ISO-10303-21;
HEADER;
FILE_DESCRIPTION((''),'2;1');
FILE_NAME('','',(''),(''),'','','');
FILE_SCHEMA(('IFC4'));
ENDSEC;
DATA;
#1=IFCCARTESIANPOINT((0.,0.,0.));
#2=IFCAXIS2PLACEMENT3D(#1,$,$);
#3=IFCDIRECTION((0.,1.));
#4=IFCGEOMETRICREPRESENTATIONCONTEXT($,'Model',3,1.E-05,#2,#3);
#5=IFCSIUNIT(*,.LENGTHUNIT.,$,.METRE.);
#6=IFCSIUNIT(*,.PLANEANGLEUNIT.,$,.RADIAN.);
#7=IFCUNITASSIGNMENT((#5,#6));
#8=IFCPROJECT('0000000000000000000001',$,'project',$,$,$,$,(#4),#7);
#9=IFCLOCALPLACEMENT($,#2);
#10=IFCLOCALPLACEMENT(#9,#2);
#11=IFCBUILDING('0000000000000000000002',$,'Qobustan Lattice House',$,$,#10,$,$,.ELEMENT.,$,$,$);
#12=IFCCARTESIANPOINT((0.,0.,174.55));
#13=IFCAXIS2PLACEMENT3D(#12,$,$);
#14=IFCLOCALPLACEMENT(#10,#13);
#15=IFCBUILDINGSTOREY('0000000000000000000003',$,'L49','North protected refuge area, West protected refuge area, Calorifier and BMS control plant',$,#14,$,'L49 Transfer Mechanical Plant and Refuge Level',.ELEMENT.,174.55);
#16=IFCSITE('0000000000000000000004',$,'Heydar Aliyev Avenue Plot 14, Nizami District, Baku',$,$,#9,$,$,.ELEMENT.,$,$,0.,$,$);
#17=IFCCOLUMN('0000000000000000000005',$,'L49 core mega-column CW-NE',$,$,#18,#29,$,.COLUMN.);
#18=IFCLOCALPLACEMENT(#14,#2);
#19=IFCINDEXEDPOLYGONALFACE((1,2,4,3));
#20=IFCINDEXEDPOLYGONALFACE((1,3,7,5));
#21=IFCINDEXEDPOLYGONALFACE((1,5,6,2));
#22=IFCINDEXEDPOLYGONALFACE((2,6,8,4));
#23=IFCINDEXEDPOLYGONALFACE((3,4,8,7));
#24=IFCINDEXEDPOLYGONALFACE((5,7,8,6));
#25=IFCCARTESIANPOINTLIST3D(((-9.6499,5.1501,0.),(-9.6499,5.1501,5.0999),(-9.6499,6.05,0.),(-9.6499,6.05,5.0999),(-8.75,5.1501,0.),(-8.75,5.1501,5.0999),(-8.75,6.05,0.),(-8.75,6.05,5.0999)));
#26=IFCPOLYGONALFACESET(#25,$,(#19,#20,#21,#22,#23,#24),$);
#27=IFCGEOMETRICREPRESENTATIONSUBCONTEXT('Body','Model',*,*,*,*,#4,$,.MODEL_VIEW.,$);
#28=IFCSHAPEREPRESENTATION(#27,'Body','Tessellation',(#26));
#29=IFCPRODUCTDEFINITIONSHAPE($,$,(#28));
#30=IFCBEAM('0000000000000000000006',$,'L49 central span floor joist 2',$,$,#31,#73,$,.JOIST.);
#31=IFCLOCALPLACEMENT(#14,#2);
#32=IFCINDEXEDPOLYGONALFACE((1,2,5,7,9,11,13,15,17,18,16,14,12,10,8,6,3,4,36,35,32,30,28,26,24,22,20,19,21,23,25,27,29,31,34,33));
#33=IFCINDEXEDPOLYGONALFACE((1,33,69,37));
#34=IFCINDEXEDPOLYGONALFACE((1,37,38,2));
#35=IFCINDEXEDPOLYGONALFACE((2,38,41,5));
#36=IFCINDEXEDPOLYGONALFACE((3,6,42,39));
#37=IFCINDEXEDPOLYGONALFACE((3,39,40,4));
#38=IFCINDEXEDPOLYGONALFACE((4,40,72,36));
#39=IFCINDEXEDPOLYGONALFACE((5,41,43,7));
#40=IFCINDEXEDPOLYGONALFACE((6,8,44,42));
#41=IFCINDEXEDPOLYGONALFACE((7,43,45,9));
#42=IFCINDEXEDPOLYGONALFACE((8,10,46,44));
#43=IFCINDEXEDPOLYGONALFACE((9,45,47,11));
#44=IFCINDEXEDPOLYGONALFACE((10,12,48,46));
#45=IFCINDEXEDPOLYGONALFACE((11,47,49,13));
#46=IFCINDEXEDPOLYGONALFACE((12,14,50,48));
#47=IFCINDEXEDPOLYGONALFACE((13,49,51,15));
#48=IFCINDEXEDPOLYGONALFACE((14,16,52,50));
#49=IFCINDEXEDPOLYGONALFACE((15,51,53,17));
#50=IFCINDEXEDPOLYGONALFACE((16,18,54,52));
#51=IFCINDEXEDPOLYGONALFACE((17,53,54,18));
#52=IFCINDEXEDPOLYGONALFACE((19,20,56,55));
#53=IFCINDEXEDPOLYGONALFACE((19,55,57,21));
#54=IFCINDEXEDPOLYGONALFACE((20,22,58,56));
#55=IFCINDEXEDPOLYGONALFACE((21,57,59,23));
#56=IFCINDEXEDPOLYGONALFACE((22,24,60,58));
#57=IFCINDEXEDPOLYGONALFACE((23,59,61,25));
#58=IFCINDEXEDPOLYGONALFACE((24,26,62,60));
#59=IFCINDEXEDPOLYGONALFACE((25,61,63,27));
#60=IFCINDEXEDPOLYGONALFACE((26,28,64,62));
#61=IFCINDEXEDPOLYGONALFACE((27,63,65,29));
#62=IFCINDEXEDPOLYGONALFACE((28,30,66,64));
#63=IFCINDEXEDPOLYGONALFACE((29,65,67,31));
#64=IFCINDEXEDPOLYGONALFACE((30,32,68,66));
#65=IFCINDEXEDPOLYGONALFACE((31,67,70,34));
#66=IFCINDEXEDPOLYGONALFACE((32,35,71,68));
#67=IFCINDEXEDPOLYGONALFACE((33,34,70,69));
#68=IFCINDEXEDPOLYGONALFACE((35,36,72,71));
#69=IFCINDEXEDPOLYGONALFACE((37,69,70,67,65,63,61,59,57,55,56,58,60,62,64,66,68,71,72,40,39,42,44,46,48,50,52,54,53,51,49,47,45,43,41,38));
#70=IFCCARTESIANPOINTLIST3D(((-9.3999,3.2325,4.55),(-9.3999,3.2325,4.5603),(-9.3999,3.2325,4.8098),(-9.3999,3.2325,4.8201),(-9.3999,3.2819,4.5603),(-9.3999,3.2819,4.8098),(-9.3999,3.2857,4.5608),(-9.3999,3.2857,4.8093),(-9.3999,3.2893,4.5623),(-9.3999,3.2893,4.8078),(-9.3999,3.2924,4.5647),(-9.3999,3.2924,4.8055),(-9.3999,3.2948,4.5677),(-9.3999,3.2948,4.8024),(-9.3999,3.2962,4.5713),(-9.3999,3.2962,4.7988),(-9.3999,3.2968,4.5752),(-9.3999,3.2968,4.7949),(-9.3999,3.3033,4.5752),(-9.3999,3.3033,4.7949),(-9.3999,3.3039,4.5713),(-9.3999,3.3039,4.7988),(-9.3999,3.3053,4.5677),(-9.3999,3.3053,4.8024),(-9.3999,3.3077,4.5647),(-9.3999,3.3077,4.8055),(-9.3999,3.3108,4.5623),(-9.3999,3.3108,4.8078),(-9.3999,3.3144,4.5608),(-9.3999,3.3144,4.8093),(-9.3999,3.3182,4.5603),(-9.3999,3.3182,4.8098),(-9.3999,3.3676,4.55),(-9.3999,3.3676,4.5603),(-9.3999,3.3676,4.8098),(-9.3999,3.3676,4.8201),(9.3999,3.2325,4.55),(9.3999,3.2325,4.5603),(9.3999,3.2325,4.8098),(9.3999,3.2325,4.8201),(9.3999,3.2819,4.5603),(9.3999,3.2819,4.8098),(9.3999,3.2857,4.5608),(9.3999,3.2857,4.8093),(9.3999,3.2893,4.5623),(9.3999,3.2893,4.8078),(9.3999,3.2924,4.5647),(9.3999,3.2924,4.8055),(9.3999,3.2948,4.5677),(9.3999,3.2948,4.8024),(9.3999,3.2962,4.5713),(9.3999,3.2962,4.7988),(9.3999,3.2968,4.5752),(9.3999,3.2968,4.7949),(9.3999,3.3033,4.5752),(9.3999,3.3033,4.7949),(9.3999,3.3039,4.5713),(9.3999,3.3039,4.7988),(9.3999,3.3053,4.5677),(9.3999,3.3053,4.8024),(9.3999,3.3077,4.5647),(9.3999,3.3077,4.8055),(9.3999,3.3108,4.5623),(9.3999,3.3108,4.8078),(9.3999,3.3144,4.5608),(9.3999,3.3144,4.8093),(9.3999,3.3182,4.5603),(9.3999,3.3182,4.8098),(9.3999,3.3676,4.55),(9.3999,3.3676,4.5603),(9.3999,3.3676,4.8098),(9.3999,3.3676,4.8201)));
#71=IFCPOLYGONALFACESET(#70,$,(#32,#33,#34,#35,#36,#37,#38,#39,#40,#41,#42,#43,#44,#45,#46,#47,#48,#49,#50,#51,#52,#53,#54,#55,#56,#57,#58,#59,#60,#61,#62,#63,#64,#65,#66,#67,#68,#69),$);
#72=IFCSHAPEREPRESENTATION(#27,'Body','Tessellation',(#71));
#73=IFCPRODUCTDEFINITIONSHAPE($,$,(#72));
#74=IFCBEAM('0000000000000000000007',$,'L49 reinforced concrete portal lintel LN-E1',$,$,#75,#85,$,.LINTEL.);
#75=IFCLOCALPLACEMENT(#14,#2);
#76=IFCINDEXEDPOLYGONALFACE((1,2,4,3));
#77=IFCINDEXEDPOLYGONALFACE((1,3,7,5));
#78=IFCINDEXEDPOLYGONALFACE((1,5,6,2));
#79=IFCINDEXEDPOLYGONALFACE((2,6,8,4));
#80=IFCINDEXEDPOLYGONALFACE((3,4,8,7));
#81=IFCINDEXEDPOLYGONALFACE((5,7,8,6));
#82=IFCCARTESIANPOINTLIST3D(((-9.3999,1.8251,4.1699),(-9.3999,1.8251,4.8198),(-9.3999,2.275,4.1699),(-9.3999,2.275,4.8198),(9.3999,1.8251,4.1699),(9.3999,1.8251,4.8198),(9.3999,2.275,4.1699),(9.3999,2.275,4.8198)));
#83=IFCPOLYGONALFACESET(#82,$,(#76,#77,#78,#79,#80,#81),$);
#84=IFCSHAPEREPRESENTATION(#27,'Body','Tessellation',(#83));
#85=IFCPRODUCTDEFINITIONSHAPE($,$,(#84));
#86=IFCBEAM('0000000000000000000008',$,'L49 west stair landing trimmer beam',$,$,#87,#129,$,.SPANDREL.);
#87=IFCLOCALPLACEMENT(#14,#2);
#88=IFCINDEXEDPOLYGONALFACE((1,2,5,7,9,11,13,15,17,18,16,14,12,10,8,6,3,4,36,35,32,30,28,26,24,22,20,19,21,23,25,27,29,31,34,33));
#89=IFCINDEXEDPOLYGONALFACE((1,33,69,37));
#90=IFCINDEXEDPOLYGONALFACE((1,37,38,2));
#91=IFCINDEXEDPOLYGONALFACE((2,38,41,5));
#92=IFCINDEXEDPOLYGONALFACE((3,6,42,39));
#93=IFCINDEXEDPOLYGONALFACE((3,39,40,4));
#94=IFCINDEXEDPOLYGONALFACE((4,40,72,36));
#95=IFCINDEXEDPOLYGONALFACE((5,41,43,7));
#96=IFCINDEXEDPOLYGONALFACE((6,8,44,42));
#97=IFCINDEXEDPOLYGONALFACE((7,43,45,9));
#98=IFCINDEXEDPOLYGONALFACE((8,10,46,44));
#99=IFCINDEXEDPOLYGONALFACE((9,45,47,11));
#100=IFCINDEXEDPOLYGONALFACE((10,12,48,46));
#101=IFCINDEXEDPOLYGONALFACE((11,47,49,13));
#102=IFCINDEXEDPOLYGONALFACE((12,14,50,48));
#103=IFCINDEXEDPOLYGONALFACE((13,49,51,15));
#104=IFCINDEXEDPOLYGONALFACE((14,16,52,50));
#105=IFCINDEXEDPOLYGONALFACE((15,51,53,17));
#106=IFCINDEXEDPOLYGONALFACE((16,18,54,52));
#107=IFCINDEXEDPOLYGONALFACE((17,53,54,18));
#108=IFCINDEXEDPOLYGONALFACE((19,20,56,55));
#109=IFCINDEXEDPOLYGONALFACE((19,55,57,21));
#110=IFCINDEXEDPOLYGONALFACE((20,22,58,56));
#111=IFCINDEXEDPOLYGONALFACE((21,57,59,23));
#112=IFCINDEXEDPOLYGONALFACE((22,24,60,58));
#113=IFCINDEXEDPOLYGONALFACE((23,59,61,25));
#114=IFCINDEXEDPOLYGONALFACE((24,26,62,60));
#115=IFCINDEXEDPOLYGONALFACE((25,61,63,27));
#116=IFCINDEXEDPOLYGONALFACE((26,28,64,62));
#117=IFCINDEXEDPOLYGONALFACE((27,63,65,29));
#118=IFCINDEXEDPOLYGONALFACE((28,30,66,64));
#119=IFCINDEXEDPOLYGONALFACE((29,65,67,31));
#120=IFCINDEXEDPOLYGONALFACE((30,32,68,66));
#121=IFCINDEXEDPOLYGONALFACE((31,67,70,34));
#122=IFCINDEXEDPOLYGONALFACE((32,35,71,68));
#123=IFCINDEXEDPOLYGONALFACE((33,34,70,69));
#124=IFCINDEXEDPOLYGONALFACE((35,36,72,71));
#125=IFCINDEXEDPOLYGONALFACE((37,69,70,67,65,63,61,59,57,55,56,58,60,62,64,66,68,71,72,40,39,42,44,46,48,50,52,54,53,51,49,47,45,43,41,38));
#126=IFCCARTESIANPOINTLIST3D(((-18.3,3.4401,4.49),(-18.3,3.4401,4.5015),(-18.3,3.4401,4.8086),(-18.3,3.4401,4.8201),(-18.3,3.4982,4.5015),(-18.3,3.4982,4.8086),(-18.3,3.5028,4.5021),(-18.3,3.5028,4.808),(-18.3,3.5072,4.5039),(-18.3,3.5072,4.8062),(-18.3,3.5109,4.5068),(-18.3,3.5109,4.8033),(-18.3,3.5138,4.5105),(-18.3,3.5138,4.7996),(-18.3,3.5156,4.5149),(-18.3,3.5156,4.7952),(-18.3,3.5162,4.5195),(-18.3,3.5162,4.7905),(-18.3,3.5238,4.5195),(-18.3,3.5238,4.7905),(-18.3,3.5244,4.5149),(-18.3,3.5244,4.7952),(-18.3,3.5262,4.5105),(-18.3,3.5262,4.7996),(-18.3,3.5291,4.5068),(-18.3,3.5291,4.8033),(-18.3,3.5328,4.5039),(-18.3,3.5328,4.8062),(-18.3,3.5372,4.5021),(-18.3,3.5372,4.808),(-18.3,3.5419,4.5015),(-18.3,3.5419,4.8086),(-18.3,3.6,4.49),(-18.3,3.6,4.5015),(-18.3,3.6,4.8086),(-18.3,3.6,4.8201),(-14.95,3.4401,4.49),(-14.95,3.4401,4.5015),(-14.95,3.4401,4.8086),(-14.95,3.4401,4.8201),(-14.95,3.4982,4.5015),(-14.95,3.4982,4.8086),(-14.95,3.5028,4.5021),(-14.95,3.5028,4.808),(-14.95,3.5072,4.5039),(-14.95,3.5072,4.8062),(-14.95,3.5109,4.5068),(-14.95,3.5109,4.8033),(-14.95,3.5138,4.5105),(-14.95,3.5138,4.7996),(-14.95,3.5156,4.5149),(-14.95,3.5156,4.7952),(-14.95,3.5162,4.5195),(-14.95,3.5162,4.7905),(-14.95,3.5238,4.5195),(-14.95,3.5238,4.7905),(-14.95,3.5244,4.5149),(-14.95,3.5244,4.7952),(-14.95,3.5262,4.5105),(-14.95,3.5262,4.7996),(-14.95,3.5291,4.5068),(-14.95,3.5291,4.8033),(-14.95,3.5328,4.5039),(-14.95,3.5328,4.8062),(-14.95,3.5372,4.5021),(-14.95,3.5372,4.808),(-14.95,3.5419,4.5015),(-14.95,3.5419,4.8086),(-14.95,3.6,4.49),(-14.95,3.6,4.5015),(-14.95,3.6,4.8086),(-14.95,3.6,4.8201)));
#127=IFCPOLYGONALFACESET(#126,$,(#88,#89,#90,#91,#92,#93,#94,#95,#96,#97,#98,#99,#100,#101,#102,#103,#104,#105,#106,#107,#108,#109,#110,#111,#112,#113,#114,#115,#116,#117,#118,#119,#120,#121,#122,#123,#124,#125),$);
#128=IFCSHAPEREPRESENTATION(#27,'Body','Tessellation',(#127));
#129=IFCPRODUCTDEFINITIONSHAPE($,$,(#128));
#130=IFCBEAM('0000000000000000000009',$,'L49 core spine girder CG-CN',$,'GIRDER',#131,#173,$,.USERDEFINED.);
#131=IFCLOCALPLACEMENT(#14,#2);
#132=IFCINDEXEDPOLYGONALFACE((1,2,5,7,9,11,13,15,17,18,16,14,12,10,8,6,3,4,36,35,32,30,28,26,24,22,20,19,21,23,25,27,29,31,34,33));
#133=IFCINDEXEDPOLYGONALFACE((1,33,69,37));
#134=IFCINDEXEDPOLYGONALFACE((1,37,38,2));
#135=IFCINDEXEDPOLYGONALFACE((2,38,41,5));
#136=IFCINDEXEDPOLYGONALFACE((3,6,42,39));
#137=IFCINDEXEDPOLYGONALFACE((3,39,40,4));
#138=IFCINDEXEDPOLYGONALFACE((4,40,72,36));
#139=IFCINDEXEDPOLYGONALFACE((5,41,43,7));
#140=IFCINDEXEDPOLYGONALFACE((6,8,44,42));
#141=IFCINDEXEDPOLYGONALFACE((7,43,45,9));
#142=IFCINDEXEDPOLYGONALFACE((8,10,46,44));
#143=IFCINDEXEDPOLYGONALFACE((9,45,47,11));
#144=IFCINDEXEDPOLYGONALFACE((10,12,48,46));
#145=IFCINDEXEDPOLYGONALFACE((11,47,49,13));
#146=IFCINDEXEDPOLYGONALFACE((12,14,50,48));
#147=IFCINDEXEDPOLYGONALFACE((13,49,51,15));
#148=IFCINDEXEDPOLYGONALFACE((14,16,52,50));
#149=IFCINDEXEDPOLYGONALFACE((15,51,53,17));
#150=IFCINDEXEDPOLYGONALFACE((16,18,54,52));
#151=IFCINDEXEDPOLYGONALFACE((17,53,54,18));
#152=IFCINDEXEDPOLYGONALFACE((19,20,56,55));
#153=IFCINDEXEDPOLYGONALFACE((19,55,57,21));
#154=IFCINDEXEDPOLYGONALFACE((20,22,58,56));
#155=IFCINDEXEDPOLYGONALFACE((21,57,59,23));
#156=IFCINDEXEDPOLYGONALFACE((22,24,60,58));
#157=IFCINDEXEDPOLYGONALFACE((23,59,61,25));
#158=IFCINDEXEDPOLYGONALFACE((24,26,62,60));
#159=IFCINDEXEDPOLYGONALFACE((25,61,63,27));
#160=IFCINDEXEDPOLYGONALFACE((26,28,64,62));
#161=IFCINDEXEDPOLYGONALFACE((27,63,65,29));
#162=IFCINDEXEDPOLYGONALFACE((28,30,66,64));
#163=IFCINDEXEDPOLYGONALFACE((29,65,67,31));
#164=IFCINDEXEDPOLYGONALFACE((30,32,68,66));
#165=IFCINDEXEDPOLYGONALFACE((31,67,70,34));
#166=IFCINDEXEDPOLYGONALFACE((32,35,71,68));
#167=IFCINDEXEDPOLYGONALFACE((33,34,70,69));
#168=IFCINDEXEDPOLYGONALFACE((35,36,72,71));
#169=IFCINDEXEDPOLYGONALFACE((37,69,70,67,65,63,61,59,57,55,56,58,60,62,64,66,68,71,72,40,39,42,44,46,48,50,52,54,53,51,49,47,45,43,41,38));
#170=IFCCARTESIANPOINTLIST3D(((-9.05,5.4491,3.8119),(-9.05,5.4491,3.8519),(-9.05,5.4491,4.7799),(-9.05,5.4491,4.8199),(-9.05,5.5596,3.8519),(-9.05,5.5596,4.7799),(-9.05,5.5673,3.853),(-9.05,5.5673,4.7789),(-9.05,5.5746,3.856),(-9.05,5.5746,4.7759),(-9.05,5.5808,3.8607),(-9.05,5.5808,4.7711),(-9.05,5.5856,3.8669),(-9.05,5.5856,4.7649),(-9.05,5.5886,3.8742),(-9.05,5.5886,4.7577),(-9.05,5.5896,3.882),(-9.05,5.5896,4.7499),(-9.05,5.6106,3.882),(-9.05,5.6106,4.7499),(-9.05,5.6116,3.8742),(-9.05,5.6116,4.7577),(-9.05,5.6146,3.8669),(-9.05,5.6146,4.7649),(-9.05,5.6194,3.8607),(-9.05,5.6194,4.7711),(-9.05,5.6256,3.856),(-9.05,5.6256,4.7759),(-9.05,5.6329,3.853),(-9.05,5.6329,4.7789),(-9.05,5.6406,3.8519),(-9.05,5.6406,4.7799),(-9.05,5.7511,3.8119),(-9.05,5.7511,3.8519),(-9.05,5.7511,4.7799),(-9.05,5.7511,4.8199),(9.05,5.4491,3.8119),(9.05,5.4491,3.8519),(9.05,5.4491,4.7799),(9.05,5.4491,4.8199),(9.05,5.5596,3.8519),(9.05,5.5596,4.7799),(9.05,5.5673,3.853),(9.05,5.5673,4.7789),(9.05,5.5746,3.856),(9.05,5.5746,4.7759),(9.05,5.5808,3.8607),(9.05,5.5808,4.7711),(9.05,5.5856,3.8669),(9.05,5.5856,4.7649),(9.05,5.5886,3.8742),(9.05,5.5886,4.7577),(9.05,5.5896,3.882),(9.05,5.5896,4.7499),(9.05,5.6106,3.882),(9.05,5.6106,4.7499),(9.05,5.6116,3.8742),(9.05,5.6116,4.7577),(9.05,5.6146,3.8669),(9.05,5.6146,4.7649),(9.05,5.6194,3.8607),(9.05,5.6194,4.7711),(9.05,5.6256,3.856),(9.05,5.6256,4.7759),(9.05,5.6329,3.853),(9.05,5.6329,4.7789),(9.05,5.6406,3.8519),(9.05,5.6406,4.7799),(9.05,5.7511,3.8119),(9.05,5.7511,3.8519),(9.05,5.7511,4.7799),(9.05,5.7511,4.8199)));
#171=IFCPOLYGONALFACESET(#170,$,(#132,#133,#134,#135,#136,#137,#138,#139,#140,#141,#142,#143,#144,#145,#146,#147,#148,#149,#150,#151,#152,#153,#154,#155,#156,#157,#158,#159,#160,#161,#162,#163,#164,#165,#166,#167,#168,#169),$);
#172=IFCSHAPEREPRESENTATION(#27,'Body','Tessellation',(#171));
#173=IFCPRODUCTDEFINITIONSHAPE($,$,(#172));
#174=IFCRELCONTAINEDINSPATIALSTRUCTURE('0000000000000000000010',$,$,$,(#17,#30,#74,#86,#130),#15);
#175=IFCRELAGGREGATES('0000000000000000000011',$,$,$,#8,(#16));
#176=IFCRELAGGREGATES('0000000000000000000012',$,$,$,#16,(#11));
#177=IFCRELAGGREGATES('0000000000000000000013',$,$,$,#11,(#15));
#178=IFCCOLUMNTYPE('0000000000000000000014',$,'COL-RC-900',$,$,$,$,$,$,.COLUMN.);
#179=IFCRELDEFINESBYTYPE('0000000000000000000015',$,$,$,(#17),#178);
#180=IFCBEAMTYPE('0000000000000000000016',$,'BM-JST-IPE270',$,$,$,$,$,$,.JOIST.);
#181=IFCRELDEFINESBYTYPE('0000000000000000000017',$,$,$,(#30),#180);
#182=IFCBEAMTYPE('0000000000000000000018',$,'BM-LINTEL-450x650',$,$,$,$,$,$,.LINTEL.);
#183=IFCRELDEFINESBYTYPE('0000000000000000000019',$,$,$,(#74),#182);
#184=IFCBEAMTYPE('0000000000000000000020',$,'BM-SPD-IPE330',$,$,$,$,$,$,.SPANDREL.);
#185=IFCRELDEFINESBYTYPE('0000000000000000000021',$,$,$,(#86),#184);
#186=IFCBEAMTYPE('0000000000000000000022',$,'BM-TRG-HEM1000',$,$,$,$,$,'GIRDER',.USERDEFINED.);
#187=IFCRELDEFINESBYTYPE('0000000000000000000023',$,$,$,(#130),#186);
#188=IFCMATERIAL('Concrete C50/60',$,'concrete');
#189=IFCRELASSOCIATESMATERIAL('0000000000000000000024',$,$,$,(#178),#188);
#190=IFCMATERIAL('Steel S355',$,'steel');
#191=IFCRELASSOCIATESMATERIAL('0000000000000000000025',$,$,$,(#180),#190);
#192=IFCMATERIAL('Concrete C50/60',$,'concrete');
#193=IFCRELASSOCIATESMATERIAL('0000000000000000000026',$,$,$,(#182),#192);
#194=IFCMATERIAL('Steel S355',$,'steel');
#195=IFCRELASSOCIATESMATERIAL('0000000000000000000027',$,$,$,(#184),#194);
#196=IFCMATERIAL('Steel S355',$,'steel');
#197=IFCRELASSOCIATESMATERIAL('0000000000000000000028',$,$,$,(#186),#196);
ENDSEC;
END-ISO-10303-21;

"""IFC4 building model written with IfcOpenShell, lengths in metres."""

from ifc_helpers import new_model, si_unit, direction, frame, origin, origin_2d, place, context, subcontext, project, spatial, rectangle, i_section, extrude, material, material_profile, profile_set, type_object, element, save


model = new_model("IFC4")

# Units and contexts
model_context = context("Model", 3, precision=1e-05, world=origin(), true_north=direction((0.0, 1.0)))
body_context = subcontext(model_context, "Body", "Model", "MODEL_VIEW")
ifc_project = project(units=[si_unit("LENGTHUNIT", "METRE"), si_unit("PLANEANGLEUNIT", "RADIAN")], contexts=[model_context])

# Site, building, storey
site_placement = place(None, origin())
site = spatial("IfcSite", under=ifc_project, at=site_placement, Name="Heydar Aliyev Avenue Plot 14, Nizami District, Baku", CompositionType="ELEMENT", RefElevation=0.0)
building_placement = place(site_placement, origin())
building = spatial("IfcBuilding", under=site, at=building_placement, Name="Qobustan Lattice House", CompositionType="ELEMENT")
storey_placement = place(building_placement, frame((0.0, 0.0, 174.55)))
storey = spatial("IfcBuildingStorey", under=building, at=storey_placement, Name="L49", Description="North protected refuge area, West protected refuge area, Calorifier and BMS control plant", LongName="L49 Transfer Mechanical Plant and Refuge Level", CompositionType="ELEMENT", Elevation=174.55)

# Column
ifc_material_1 = material(Name="Concrete C50/60", Category="concrete")
ifc_material_profile_1 = material_profile(ifc_material_1, rectangle(XDim=0.8999, YDim=0.8999, at=origin_2d()), Name="RC900x900")
ifc_profile_set_1 = profile_set([ifc_material_profile_1], Name="Concrete C50/60")
column_type = type_object("IfcColumnType", Name="COL-RC-900", PredefinedType="COLUMN", material=ifc_profile_set_1)
column_placement = place(storey_placement, frame((-9.2, 5.6001, 0.0), z_axis=(0.0, 0.0, 1.0), x_axis=(1.0, 0.0, 0.0)))
element("IfcColumn", 1, at=column_placement, inside=storey, type_object=column_type, Name="L49 core mega-column CW-NE", PredefinedType="COLUMN", context=body_context, shape_type="SweptSolid", body=[
    extrude(rectangle(XDim=0.8999, YDim=0.8999, at=origin_2d()), origin(), (0.0, 0.0, 1.0), 5.0999),
])

# Beams
ifc_material_2 = material(Name="Steel S355", Category="steel")
ifc_material_profile_2 = material_profile(ifc_material_2, i_section(OverallWidth=0.135, OverallDepth=0.27, WebThickness=0.0066, FlangeThickness=0.0103, FilletRadius=0.0149, at=origin_2d()), Name="IPE270")
ifc_profile_set_2 = profile_set([ifc_material_profile_2], Name="Steel S355")
beam_type_1 = type_object("IfcBeamType", Name="BM-JST-IPE270", PredefinedType="JOIST", material=ifc_profile_set_2)
beam_1_placement = place(storey_placement, frame((-9.3999, 3.3, 4.6851), z_axis=(1.0, 0.0, 0.0), x_axis=(0.0, 1.0, 0.0)))
element("IfcBeam", 2, at=beam_1_placement, inside=storey, type_object=beam_type_1, Name="L49 central span floor joist 2", PredefinedType="JOIST", context=body_context, shape_type="SweptSolid", body=[
    extrude(i_section(OverallWidth=0.135, OverallDepth=0.27, WebThickness=0.0066, FlangeThickness=0.0103, FilletRadius=0.0149, at=origin_2d()), origin(), (0.0, 0.0, 1.0), 18.7998),
])
ifc_material_3 = material(Name="Concrete C50/60", Category="concrete")
ifc_material_profile_3 = material_profile(ifc_material_3, rectangle(XDim=0.45, YDim=0.6499, at=origin_2d()), Name="RC450x650")
ifc_profile_set_3 = profile_set([ifc_material_profile_3], Name="Concrete C50/60")
beam_type_2 = type_object("IfcBeamType", Name="BM-LINTEL-450x650", PredefinedType="LINTEL", material=ifc_profile_set_3)
beam_2_placement = place(storey_placement, frame((-9.3999, 2.05, 4.4949), z_axis=(1.0, 0.0, 0.0), x_axis=(0.0, 1.0, 0.0)))
element("IfcBeam", 3, at=beam_2_placement, inside=storey, type_object=beam_type_2, Name="L49 reinforced concrete portal lintel LN-E1", PredefinedType="LINTEL", context=body_context, shape_type="SweptSolid", body=[
    extrude(rectangle(XDim=0.45, YDim=0.6499, at=origin_2d()), origin(), (0.0, 0.0, 1.0), 18.7998),
])
ifc_material_4 = material(Name="Steel S355", Category="steel")
ifc_material_profile_4 = material_profile(ifc_material_4, i_section(OverallWidth=0.1599, OverallDepth=0.3301, WebThickness=0.0076, FlangeThickness=0.0115, FilletRadius=0.0181, at=origin_2d()), Name="IPE330")
ifc_profile_set_4 = profile_set([ifc_material_profile_4], Name="Steel S355")
beam_type_3 = type_object("IfcBeamType", Name="BM-SPD-IPE330", PredefinedType="SPANDREL", material=ifc_profile_set_4)
beam_3_placement = place(storey_placement, frame((-18.3, 3.52, 4.655), z_axis=(1.0, 0.0, 0.0), x_axis=(0.0, 1.0, 0.0)))
element("IfcBeam", 4, at=beam_3_placement, inside=storey, type_object=beam_type_3, Name="L49 west stair landing trimmer beam", PredefinedType="SPANDREL", context=body_context, shape_type="SweptSolid", body=[
    extrude(i_section(OverallWidth=0.1599, OverallDepth=0.3301, WebThickness=0.0076, FlangeThickness=0.0115, FilletRadius=0.0181, at=origin_2d()), origin(), (0.0, 0.0, 1.0), 3.3501),
])
ifc_material_5 = material(Name="Steel S355", Category="steel")
ifc_material_profile_5 = material_profile(ifc_material_5, i_section(OverallWidth=0.302, OverallDepth=1.0081, WebThickness=0.021, FlangeThickness=0.04, FilletRadius=0.03, at=origin_2d()), Name="HEM1000")
ifc_profile_set_5 = profile_set([ifc_material_profile_5], Name="Steel S355")
beam_type_4 = type_object("IfcBeamType", Name="BM-TRG-HEM1000", ElementType="GIRDER", PredefinedType="USERDEFINED", material=ifc_profile_set_5)
beam_4_placement = place(storey_placement, frame((-9.05, 5.6001, 4.3159), z_axis=(1.0, 0.0, 0.0), x_axis=(0.0, 1.0, 0.0)))
element("IfcBeam", 5, at=beam_4_placement, inside=storey, type_object=beam_type_4, Name="L49 core spine girder CG-CN", ObjectType="GIRDER", PredefinedType="USERDEFINED", context=body_context, shape_type="SweptSolid", body=[
    extrude(i_section(OverallWidth=0.302, OverallDepth=1.0081, WebThickness=0.021, FlangeThickness=0.04, FilletRadius=0.03, at=origin_2d()), origin(), (0.0, 0.0, 1.0), 18.1001),
])

save(model, "model.ifc")
